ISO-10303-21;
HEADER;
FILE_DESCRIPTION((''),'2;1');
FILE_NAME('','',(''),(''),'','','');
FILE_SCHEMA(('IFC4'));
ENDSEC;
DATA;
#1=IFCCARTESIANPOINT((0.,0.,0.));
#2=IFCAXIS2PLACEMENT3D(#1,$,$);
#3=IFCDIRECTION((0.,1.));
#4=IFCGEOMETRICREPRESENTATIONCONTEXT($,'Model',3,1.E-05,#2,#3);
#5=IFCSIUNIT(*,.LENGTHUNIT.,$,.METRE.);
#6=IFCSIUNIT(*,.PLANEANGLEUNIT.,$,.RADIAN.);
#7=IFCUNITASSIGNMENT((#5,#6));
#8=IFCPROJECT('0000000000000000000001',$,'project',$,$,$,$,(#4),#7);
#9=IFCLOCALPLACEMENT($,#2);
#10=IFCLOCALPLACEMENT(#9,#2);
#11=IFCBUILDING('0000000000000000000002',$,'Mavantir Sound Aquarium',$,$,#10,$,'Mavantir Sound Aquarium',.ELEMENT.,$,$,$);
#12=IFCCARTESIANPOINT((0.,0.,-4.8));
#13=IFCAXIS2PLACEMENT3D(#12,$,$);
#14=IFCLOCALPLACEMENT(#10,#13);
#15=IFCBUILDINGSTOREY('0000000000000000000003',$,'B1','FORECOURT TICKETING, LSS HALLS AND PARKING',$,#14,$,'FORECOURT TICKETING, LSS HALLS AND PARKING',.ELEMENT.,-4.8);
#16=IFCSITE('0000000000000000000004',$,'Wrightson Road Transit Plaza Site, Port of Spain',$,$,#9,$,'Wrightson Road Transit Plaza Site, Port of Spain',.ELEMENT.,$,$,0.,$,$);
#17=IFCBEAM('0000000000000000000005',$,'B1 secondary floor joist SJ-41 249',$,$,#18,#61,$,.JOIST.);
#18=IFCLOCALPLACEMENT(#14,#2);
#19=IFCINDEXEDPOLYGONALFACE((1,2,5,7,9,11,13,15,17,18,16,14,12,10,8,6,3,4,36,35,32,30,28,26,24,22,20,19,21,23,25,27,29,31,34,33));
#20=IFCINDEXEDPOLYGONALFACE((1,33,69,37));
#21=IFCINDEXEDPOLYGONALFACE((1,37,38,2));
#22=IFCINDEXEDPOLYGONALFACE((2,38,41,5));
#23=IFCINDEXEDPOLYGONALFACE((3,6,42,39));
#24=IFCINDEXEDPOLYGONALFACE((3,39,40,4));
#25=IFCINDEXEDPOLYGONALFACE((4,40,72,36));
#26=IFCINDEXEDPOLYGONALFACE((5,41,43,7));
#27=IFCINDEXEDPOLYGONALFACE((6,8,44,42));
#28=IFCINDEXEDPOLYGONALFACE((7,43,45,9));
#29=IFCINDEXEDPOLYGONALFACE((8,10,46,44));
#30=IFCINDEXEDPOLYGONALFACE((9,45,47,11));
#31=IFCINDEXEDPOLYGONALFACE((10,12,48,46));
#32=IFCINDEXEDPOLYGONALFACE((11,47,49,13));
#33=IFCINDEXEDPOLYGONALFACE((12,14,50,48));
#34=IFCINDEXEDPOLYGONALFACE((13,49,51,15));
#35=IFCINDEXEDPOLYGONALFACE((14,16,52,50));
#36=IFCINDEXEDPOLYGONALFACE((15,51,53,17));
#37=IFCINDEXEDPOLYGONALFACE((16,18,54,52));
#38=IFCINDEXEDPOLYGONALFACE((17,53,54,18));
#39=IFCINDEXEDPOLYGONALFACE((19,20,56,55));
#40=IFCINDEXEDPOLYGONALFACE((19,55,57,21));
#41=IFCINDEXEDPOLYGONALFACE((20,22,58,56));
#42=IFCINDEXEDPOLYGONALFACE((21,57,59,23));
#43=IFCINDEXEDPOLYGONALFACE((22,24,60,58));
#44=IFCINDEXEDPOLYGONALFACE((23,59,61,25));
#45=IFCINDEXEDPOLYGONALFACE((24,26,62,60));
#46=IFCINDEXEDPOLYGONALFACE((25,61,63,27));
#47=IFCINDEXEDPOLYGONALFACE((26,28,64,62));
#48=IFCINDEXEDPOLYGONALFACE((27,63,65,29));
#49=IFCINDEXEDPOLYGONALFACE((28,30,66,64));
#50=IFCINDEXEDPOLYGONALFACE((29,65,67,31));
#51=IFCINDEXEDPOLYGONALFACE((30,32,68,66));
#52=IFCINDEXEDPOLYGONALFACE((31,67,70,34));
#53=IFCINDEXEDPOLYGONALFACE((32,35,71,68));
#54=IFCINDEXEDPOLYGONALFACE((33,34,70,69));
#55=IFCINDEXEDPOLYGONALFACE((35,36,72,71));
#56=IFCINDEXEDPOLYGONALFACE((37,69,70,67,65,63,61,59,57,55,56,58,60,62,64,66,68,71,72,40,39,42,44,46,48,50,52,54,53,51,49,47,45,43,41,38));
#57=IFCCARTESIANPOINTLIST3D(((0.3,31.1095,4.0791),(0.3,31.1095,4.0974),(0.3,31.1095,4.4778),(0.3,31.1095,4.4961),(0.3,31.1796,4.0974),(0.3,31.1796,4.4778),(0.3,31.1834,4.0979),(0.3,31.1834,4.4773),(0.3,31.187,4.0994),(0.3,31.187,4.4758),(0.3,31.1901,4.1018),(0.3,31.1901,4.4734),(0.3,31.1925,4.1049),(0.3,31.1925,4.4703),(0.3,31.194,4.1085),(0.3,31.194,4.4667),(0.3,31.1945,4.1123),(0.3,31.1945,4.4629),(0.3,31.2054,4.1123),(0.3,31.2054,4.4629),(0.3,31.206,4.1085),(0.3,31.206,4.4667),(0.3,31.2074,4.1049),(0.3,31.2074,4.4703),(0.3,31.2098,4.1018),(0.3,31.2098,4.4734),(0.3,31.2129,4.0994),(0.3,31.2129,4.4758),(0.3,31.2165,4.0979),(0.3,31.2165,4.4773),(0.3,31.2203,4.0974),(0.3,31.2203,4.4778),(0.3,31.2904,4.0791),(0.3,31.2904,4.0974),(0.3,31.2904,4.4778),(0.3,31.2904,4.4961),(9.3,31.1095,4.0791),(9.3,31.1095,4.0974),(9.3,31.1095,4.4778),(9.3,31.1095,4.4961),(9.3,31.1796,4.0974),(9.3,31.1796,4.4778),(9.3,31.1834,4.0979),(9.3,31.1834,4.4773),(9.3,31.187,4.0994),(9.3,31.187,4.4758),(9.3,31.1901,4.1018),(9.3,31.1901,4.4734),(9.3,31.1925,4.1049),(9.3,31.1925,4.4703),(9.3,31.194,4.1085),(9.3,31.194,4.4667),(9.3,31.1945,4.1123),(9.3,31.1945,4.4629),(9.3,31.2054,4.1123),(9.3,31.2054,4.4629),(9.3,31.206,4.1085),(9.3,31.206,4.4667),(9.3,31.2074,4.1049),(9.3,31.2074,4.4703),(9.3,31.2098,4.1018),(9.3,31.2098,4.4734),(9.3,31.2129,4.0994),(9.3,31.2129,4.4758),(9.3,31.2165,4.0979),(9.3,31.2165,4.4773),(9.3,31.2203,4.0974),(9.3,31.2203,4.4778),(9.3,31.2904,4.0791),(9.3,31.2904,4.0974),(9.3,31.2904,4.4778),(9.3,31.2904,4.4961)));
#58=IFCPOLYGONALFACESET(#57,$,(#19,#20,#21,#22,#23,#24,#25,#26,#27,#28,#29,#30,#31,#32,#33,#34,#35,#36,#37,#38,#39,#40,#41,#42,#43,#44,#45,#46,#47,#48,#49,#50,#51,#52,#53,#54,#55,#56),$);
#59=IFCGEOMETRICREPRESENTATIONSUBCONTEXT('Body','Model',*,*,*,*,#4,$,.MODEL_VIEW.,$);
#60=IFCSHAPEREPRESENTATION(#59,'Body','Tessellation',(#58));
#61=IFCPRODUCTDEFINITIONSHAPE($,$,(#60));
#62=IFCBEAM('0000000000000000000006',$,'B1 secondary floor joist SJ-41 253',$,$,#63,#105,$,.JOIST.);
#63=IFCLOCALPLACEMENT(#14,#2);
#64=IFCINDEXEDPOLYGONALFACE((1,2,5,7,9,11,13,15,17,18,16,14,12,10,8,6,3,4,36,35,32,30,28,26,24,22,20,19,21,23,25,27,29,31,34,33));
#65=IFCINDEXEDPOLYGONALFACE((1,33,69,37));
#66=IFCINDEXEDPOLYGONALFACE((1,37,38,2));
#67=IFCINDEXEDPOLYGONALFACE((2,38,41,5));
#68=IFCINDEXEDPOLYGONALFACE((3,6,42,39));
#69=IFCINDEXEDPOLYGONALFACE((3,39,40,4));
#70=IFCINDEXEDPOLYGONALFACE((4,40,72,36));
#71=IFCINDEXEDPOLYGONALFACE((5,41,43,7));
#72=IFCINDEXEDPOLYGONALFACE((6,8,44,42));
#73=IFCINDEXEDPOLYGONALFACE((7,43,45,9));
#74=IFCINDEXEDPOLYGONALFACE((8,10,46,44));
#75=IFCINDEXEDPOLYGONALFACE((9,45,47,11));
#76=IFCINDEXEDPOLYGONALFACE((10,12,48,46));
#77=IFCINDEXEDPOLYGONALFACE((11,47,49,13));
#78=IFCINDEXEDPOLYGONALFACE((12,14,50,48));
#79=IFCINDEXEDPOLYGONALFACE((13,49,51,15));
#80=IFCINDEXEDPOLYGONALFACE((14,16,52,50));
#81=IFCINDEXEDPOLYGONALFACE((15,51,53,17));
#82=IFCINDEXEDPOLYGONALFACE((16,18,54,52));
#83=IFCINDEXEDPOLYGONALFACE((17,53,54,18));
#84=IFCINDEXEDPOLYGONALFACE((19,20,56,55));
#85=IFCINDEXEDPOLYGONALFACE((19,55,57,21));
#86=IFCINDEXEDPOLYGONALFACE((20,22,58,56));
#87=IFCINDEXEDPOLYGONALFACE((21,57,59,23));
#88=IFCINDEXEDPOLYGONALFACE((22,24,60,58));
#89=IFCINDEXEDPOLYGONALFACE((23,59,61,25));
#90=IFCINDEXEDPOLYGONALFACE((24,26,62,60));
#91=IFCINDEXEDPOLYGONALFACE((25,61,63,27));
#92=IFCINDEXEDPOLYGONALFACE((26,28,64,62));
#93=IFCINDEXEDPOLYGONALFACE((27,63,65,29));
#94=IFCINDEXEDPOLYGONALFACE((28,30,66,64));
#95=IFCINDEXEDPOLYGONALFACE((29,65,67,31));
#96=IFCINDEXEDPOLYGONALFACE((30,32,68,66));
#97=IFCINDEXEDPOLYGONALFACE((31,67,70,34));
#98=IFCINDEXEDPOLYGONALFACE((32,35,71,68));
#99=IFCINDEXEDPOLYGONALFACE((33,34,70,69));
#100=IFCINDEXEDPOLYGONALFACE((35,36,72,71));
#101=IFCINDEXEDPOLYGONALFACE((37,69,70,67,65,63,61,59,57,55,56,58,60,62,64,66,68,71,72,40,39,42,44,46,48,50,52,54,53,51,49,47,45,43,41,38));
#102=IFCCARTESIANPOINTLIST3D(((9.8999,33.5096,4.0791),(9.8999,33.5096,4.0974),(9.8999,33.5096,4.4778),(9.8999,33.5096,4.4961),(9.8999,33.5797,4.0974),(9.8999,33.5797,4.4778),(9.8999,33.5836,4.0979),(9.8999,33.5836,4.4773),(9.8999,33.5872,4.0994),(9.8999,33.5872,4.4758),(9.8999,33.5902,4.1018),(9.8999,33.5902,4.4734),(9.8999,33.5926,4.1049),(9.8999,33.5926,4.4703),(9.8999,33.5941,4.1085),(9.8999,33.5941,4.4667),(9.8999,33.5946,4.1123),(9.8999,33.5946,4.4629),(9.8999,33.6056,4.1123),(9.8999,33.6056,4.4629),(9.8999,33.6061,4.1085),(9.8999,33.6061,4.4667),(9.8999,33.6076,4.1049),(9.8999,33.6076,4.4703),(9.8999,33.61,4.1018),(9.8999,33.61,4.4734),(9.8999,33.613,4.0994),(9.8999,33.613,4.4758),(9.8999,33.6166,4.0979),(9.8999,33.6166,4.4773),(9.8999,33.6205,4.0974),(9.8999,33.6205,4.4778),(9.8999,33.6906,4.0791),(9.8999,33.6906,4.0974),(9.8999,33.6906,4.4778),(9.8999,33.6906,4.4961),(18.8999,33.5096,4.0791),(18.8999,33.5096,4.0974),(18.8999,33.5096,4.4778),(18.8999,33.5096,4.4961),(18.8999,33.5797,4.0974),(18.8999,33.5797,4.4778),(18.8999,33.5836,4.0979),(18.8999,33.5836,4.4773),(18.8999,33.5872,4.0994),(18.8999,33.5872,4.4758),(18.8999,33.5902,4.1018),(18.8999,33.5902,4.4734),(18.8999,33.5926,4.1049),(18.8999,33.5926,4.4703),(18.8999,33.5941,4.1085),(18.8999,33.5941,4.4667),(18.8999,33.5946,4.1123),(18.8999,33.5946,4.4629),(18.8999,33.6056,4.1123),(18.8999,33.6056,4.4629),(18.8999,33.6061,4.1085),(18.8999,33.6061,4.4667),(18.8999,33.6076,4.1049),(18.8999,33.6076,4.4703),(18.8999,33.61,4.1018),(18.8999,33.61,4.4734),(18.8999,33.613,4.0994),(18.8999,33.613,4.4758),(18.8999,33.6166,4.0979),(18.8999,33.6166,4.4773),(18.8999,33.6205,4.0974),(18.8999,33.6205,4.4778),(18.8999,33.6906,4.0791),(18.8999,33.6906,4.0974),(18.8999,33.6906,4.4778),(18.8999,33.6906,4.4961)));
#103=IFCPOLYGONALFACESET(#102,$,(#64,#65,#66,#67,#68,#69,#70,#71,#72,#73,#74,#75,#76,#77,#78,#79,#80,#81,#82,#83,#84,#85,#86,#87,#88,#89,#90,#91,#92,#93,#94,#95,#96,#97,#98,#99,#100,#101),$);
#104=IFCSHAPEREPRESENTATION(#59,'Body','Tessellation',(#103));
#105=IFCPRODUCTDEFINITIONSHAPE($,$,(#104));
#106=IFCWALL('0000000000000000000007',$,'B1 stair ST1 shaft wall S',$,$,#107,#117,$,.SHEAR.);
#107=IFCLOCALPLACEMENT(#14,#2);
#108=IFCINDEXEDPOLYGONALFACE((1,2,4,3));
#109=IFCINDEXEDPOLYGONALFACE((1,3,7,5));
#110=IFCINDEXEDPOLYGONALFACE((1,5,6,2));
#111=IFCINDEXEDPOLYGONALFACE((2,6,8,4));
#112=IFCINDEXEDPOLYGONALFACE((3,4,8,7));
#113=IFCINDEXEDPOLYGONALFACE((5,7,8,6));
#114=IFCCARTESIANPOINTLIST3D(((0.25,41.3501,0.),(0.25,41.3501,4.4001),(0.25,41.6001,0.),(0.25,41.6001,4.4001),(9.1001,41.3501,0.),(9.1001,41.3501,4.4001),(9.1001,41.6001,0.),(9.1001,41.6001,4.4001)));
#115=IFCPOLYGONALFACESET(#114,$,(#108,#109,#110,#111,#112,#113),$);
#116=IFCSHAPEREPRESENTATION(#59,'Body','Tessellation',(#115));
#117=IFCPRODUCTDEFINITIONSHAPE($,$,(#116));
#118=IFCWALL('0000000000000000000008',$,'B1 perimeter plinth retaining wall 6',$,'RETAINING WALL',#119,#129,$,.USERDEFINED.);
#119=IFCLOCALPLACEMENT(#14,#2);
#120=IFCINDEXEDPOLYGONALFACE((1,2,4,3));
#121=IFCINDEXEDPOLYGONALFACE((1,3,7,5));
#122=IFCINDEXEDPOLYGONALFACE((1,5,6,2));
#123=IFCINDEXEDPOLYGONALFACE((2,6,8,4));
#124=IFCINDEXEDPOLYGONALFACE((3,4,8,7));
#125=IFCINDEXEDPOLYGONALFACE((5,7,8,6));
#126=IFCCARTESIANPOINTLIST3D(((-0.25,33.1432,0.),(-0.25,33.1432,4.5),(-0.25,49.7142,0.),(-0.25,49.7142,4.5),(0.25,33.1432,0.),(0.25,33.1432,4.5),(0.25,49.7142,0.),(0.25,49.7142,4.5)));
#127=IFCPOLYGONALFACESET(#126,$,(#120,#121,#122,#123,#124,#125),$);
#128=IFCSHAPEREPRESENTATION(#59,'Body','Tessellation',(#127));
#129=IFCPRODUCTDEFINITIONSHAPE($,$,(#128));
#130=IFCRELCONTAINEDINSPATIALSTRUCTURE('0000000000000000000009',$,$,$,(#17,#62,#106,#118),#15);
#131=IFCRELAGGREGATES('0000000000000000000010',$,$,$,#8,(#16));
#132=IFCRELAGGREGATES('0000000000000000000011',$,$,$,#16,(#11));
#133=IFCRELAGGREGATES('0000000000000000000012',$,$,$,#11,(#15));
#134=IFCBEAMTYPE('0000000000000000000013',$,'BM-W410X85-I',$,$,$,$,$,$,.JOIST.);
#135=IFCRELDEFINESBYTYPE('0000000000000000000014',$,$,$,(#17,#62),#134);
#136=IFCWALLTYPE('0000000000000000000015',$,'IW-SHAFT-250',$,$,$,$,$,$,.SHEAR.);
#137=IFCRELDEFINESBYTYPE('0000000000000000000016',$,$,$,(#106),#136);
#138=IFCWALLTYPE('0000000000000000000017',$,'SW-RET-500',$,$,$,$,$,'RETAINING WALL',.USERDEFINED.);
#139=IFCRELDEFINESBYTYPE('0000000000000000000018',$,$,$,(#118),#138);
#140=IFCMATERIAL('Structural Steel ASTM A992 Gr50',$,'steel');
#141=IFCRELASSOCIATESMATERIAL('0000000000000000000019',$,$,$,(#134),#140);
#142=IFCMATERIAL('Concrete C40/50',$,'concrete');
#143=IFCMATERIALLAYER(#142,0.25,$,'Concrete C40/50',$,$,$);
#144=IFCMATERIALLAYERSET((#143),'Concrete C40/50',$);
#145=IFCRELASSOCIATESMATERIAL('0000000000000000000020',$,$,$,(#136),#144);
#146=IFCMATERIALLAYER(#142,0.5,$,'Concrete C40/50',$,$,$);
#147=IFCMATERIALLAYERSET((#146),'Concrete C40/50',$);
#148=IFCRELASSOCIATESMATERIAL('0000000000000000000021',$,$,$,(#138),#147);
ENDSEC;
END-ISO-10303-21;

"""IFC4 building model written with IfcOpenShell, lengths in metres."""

from ifc_helpers import new_model, si_unit, direction, frame, frame_2d, origin, origin_2d, place, context, subcontext, project, spatial, rectangle, i_section, extrude, material, layer, layer_set, material_profile, profile_set, type_object, element, save


model = new_model("IFC4")

# Units and contexts
model_context = context("Model", 3, precision=1e-05, world=origin(), true_north=direction((0.0, 1.0)))
body_context = subcontext(model_context, "Body", "Model", "MODEL_VIEW")
ifc_project = project(units=[si_unit("LENGTHUNIT", "METRE"), si_unit("PLANEANGLEUNIT", "RADIAN")], contexts=[model_context])

# Site, building, storey
site_placement = place(None, origin())
site = spatial("IfcSite", under=ifc_project, at=site_placement, Name="Wrightson Road Transit Plaza Site, Port of Spain", LongName="Wrightson Road Transit Plaza Site, Port of Spain", CompositionType="ELEMENT", RefElevation=0.0)
building_placement = place(site_placement, origin())
building = spatial("IfcBuilding", under=site, at=building_placement, Name="Mavantir Sound Aquarium", LongName="Mavantir Sound Aquarium", CompositionType="ELEMENT")
storey_placement = place(building_placement, frame((0.0, 0.0, -4.8)))
storey = spatial("IfcBuildingStorey", under=building, at=storey_placement, Name="B1", Description="FORECOURT TICKETING, LSS HALLS AND PARKING", LongName="FORECOURT TICKETING, LSS HALLS AND PARKING", CompositionType="ELEMENT", Elevation=-4.8)

# Shared definitions
ifc_material_1 = material(Name="Concrete C40/50", Category="concrete")

# Beams
ifc_material_2 = material(Name="Structural Steel ASTM A992 Gr50", Category="steel")
ifc_material_profile_1 = material_profile(ifc_material_2, i_section(OverallWidth=0.1809, OverallDepth=0.417, WebThickness=0.011, FlangeThickness=0.0183, FilletRadius=0.0149, at=origin_2d()), Name="W410X85")
ifc_profile_set_1 = profile_set([ifc_material_profile_1], Name="Structural Steel ASTM A992 Gr50")
beam_type_1 = type_object("IfcBeamType", Name="BM-W410X85-I", PredefinedType="JOIST", material=ifc_profile_set_1)
for number, where, z_axis, x_axis, name in (
    (1, (0.3, 31.2, 4.2876), (1.0, 0.0, 0.0), (0.0, 1.0, 0.0), "B1 secondary floor joist SJ-41 249"),
    (2, (9.8999, 33.6001, 4.2876), (1.0, 0.0, 0.0), (0.0, 1.0, 0.0), "B1 secondary floor joist SJ-41 253"),
):
    element("IfcBeam", number, at=place(storey_placement, frame(where, z_axis=z_axis, x_axis=x_axis)), inside=storey, type_object=beam_type_1, Name=name, PredefinedType="JOIST", context=body_context, shape_type="SweptSolid", body=[
        extrude(i_section(OverallWidth=0.1809, OverallDepth=0.417, WebThickness=0.011, FlangeThickness=0.0183, FilletRadius=0.0149, at=origin_2d()), origin(), (0.0, 0.0, 1.0), 9.0),
    ])

# Walls
ifc_layer_1 = layer(ifc_material_1, 0.25, Name="Concrete C40/50")
ifc_layer_set_1 = layer_set([ifc_layer_1], Name="Concrete C40/50")
wall_type_1 = type_object("IfcWallType", Name="IW-SHAFT-250", PredefinedType="SHEAR", material=ifc_layer_set_1)
wall_1_placement = place(storey_placement, frame((0.25, 41.4751, 0.0), z_axis=(0.0, 0.0, 1.0), x_axis=(1.0, 0.0, 0.0)))
element("IfcWall", 3, at=wall_1_placement, inside=storey, type_object=wall_type_1, Name="B1 stair ST1 shaft wall S", PredefinedType="SHEAR", context=body_context, shape_type="SweptSolid", body=[
    extrude(rectangle(XDim=8.8501, YDim=0.25, at=frame_2d((4.425, 0.0))), origin(), (0.0, 0.0, 1.0), 4.4001),
])
ifc_layer_2 = layer(ifc_material_1, 0.5, Name="Concrete C40/50")
ifc_layer_set_2 = layer_set([ifc_layer_2], Name="Concrete C40/50")
wall_type_2 = type_object("IfcWallType", Name="SW-RET-500", ElementType="RETAINING WALL", PredefinedType="USERDEFINED", material=ifc_layer_set_2)
wall_2_placement = place(storey_placement, frame((0.0, 33.1431, 0.0), z_axis=(0.0, 0.0, 1.0), x_axis=(0.0, 1.0, 0.0)))
element("IfcWall", 4, at=wall_2_placement, inside=storey, type_object=wall_type_2, Name="B1 perimeter plinth retaining wall 6", ObjectType="RETAINING WALL", PredefinedType="USERDEFINED", context=body_context, shape_type="SweptSolid", body=[
    extrude(rectangle(XDim=16.571, YDim=0.5, at=frame_2d((8.2856, 0.0))), origin(), (0.0, 0.0, 1.0), 4.5),
])

save(model, "model.ifc")
